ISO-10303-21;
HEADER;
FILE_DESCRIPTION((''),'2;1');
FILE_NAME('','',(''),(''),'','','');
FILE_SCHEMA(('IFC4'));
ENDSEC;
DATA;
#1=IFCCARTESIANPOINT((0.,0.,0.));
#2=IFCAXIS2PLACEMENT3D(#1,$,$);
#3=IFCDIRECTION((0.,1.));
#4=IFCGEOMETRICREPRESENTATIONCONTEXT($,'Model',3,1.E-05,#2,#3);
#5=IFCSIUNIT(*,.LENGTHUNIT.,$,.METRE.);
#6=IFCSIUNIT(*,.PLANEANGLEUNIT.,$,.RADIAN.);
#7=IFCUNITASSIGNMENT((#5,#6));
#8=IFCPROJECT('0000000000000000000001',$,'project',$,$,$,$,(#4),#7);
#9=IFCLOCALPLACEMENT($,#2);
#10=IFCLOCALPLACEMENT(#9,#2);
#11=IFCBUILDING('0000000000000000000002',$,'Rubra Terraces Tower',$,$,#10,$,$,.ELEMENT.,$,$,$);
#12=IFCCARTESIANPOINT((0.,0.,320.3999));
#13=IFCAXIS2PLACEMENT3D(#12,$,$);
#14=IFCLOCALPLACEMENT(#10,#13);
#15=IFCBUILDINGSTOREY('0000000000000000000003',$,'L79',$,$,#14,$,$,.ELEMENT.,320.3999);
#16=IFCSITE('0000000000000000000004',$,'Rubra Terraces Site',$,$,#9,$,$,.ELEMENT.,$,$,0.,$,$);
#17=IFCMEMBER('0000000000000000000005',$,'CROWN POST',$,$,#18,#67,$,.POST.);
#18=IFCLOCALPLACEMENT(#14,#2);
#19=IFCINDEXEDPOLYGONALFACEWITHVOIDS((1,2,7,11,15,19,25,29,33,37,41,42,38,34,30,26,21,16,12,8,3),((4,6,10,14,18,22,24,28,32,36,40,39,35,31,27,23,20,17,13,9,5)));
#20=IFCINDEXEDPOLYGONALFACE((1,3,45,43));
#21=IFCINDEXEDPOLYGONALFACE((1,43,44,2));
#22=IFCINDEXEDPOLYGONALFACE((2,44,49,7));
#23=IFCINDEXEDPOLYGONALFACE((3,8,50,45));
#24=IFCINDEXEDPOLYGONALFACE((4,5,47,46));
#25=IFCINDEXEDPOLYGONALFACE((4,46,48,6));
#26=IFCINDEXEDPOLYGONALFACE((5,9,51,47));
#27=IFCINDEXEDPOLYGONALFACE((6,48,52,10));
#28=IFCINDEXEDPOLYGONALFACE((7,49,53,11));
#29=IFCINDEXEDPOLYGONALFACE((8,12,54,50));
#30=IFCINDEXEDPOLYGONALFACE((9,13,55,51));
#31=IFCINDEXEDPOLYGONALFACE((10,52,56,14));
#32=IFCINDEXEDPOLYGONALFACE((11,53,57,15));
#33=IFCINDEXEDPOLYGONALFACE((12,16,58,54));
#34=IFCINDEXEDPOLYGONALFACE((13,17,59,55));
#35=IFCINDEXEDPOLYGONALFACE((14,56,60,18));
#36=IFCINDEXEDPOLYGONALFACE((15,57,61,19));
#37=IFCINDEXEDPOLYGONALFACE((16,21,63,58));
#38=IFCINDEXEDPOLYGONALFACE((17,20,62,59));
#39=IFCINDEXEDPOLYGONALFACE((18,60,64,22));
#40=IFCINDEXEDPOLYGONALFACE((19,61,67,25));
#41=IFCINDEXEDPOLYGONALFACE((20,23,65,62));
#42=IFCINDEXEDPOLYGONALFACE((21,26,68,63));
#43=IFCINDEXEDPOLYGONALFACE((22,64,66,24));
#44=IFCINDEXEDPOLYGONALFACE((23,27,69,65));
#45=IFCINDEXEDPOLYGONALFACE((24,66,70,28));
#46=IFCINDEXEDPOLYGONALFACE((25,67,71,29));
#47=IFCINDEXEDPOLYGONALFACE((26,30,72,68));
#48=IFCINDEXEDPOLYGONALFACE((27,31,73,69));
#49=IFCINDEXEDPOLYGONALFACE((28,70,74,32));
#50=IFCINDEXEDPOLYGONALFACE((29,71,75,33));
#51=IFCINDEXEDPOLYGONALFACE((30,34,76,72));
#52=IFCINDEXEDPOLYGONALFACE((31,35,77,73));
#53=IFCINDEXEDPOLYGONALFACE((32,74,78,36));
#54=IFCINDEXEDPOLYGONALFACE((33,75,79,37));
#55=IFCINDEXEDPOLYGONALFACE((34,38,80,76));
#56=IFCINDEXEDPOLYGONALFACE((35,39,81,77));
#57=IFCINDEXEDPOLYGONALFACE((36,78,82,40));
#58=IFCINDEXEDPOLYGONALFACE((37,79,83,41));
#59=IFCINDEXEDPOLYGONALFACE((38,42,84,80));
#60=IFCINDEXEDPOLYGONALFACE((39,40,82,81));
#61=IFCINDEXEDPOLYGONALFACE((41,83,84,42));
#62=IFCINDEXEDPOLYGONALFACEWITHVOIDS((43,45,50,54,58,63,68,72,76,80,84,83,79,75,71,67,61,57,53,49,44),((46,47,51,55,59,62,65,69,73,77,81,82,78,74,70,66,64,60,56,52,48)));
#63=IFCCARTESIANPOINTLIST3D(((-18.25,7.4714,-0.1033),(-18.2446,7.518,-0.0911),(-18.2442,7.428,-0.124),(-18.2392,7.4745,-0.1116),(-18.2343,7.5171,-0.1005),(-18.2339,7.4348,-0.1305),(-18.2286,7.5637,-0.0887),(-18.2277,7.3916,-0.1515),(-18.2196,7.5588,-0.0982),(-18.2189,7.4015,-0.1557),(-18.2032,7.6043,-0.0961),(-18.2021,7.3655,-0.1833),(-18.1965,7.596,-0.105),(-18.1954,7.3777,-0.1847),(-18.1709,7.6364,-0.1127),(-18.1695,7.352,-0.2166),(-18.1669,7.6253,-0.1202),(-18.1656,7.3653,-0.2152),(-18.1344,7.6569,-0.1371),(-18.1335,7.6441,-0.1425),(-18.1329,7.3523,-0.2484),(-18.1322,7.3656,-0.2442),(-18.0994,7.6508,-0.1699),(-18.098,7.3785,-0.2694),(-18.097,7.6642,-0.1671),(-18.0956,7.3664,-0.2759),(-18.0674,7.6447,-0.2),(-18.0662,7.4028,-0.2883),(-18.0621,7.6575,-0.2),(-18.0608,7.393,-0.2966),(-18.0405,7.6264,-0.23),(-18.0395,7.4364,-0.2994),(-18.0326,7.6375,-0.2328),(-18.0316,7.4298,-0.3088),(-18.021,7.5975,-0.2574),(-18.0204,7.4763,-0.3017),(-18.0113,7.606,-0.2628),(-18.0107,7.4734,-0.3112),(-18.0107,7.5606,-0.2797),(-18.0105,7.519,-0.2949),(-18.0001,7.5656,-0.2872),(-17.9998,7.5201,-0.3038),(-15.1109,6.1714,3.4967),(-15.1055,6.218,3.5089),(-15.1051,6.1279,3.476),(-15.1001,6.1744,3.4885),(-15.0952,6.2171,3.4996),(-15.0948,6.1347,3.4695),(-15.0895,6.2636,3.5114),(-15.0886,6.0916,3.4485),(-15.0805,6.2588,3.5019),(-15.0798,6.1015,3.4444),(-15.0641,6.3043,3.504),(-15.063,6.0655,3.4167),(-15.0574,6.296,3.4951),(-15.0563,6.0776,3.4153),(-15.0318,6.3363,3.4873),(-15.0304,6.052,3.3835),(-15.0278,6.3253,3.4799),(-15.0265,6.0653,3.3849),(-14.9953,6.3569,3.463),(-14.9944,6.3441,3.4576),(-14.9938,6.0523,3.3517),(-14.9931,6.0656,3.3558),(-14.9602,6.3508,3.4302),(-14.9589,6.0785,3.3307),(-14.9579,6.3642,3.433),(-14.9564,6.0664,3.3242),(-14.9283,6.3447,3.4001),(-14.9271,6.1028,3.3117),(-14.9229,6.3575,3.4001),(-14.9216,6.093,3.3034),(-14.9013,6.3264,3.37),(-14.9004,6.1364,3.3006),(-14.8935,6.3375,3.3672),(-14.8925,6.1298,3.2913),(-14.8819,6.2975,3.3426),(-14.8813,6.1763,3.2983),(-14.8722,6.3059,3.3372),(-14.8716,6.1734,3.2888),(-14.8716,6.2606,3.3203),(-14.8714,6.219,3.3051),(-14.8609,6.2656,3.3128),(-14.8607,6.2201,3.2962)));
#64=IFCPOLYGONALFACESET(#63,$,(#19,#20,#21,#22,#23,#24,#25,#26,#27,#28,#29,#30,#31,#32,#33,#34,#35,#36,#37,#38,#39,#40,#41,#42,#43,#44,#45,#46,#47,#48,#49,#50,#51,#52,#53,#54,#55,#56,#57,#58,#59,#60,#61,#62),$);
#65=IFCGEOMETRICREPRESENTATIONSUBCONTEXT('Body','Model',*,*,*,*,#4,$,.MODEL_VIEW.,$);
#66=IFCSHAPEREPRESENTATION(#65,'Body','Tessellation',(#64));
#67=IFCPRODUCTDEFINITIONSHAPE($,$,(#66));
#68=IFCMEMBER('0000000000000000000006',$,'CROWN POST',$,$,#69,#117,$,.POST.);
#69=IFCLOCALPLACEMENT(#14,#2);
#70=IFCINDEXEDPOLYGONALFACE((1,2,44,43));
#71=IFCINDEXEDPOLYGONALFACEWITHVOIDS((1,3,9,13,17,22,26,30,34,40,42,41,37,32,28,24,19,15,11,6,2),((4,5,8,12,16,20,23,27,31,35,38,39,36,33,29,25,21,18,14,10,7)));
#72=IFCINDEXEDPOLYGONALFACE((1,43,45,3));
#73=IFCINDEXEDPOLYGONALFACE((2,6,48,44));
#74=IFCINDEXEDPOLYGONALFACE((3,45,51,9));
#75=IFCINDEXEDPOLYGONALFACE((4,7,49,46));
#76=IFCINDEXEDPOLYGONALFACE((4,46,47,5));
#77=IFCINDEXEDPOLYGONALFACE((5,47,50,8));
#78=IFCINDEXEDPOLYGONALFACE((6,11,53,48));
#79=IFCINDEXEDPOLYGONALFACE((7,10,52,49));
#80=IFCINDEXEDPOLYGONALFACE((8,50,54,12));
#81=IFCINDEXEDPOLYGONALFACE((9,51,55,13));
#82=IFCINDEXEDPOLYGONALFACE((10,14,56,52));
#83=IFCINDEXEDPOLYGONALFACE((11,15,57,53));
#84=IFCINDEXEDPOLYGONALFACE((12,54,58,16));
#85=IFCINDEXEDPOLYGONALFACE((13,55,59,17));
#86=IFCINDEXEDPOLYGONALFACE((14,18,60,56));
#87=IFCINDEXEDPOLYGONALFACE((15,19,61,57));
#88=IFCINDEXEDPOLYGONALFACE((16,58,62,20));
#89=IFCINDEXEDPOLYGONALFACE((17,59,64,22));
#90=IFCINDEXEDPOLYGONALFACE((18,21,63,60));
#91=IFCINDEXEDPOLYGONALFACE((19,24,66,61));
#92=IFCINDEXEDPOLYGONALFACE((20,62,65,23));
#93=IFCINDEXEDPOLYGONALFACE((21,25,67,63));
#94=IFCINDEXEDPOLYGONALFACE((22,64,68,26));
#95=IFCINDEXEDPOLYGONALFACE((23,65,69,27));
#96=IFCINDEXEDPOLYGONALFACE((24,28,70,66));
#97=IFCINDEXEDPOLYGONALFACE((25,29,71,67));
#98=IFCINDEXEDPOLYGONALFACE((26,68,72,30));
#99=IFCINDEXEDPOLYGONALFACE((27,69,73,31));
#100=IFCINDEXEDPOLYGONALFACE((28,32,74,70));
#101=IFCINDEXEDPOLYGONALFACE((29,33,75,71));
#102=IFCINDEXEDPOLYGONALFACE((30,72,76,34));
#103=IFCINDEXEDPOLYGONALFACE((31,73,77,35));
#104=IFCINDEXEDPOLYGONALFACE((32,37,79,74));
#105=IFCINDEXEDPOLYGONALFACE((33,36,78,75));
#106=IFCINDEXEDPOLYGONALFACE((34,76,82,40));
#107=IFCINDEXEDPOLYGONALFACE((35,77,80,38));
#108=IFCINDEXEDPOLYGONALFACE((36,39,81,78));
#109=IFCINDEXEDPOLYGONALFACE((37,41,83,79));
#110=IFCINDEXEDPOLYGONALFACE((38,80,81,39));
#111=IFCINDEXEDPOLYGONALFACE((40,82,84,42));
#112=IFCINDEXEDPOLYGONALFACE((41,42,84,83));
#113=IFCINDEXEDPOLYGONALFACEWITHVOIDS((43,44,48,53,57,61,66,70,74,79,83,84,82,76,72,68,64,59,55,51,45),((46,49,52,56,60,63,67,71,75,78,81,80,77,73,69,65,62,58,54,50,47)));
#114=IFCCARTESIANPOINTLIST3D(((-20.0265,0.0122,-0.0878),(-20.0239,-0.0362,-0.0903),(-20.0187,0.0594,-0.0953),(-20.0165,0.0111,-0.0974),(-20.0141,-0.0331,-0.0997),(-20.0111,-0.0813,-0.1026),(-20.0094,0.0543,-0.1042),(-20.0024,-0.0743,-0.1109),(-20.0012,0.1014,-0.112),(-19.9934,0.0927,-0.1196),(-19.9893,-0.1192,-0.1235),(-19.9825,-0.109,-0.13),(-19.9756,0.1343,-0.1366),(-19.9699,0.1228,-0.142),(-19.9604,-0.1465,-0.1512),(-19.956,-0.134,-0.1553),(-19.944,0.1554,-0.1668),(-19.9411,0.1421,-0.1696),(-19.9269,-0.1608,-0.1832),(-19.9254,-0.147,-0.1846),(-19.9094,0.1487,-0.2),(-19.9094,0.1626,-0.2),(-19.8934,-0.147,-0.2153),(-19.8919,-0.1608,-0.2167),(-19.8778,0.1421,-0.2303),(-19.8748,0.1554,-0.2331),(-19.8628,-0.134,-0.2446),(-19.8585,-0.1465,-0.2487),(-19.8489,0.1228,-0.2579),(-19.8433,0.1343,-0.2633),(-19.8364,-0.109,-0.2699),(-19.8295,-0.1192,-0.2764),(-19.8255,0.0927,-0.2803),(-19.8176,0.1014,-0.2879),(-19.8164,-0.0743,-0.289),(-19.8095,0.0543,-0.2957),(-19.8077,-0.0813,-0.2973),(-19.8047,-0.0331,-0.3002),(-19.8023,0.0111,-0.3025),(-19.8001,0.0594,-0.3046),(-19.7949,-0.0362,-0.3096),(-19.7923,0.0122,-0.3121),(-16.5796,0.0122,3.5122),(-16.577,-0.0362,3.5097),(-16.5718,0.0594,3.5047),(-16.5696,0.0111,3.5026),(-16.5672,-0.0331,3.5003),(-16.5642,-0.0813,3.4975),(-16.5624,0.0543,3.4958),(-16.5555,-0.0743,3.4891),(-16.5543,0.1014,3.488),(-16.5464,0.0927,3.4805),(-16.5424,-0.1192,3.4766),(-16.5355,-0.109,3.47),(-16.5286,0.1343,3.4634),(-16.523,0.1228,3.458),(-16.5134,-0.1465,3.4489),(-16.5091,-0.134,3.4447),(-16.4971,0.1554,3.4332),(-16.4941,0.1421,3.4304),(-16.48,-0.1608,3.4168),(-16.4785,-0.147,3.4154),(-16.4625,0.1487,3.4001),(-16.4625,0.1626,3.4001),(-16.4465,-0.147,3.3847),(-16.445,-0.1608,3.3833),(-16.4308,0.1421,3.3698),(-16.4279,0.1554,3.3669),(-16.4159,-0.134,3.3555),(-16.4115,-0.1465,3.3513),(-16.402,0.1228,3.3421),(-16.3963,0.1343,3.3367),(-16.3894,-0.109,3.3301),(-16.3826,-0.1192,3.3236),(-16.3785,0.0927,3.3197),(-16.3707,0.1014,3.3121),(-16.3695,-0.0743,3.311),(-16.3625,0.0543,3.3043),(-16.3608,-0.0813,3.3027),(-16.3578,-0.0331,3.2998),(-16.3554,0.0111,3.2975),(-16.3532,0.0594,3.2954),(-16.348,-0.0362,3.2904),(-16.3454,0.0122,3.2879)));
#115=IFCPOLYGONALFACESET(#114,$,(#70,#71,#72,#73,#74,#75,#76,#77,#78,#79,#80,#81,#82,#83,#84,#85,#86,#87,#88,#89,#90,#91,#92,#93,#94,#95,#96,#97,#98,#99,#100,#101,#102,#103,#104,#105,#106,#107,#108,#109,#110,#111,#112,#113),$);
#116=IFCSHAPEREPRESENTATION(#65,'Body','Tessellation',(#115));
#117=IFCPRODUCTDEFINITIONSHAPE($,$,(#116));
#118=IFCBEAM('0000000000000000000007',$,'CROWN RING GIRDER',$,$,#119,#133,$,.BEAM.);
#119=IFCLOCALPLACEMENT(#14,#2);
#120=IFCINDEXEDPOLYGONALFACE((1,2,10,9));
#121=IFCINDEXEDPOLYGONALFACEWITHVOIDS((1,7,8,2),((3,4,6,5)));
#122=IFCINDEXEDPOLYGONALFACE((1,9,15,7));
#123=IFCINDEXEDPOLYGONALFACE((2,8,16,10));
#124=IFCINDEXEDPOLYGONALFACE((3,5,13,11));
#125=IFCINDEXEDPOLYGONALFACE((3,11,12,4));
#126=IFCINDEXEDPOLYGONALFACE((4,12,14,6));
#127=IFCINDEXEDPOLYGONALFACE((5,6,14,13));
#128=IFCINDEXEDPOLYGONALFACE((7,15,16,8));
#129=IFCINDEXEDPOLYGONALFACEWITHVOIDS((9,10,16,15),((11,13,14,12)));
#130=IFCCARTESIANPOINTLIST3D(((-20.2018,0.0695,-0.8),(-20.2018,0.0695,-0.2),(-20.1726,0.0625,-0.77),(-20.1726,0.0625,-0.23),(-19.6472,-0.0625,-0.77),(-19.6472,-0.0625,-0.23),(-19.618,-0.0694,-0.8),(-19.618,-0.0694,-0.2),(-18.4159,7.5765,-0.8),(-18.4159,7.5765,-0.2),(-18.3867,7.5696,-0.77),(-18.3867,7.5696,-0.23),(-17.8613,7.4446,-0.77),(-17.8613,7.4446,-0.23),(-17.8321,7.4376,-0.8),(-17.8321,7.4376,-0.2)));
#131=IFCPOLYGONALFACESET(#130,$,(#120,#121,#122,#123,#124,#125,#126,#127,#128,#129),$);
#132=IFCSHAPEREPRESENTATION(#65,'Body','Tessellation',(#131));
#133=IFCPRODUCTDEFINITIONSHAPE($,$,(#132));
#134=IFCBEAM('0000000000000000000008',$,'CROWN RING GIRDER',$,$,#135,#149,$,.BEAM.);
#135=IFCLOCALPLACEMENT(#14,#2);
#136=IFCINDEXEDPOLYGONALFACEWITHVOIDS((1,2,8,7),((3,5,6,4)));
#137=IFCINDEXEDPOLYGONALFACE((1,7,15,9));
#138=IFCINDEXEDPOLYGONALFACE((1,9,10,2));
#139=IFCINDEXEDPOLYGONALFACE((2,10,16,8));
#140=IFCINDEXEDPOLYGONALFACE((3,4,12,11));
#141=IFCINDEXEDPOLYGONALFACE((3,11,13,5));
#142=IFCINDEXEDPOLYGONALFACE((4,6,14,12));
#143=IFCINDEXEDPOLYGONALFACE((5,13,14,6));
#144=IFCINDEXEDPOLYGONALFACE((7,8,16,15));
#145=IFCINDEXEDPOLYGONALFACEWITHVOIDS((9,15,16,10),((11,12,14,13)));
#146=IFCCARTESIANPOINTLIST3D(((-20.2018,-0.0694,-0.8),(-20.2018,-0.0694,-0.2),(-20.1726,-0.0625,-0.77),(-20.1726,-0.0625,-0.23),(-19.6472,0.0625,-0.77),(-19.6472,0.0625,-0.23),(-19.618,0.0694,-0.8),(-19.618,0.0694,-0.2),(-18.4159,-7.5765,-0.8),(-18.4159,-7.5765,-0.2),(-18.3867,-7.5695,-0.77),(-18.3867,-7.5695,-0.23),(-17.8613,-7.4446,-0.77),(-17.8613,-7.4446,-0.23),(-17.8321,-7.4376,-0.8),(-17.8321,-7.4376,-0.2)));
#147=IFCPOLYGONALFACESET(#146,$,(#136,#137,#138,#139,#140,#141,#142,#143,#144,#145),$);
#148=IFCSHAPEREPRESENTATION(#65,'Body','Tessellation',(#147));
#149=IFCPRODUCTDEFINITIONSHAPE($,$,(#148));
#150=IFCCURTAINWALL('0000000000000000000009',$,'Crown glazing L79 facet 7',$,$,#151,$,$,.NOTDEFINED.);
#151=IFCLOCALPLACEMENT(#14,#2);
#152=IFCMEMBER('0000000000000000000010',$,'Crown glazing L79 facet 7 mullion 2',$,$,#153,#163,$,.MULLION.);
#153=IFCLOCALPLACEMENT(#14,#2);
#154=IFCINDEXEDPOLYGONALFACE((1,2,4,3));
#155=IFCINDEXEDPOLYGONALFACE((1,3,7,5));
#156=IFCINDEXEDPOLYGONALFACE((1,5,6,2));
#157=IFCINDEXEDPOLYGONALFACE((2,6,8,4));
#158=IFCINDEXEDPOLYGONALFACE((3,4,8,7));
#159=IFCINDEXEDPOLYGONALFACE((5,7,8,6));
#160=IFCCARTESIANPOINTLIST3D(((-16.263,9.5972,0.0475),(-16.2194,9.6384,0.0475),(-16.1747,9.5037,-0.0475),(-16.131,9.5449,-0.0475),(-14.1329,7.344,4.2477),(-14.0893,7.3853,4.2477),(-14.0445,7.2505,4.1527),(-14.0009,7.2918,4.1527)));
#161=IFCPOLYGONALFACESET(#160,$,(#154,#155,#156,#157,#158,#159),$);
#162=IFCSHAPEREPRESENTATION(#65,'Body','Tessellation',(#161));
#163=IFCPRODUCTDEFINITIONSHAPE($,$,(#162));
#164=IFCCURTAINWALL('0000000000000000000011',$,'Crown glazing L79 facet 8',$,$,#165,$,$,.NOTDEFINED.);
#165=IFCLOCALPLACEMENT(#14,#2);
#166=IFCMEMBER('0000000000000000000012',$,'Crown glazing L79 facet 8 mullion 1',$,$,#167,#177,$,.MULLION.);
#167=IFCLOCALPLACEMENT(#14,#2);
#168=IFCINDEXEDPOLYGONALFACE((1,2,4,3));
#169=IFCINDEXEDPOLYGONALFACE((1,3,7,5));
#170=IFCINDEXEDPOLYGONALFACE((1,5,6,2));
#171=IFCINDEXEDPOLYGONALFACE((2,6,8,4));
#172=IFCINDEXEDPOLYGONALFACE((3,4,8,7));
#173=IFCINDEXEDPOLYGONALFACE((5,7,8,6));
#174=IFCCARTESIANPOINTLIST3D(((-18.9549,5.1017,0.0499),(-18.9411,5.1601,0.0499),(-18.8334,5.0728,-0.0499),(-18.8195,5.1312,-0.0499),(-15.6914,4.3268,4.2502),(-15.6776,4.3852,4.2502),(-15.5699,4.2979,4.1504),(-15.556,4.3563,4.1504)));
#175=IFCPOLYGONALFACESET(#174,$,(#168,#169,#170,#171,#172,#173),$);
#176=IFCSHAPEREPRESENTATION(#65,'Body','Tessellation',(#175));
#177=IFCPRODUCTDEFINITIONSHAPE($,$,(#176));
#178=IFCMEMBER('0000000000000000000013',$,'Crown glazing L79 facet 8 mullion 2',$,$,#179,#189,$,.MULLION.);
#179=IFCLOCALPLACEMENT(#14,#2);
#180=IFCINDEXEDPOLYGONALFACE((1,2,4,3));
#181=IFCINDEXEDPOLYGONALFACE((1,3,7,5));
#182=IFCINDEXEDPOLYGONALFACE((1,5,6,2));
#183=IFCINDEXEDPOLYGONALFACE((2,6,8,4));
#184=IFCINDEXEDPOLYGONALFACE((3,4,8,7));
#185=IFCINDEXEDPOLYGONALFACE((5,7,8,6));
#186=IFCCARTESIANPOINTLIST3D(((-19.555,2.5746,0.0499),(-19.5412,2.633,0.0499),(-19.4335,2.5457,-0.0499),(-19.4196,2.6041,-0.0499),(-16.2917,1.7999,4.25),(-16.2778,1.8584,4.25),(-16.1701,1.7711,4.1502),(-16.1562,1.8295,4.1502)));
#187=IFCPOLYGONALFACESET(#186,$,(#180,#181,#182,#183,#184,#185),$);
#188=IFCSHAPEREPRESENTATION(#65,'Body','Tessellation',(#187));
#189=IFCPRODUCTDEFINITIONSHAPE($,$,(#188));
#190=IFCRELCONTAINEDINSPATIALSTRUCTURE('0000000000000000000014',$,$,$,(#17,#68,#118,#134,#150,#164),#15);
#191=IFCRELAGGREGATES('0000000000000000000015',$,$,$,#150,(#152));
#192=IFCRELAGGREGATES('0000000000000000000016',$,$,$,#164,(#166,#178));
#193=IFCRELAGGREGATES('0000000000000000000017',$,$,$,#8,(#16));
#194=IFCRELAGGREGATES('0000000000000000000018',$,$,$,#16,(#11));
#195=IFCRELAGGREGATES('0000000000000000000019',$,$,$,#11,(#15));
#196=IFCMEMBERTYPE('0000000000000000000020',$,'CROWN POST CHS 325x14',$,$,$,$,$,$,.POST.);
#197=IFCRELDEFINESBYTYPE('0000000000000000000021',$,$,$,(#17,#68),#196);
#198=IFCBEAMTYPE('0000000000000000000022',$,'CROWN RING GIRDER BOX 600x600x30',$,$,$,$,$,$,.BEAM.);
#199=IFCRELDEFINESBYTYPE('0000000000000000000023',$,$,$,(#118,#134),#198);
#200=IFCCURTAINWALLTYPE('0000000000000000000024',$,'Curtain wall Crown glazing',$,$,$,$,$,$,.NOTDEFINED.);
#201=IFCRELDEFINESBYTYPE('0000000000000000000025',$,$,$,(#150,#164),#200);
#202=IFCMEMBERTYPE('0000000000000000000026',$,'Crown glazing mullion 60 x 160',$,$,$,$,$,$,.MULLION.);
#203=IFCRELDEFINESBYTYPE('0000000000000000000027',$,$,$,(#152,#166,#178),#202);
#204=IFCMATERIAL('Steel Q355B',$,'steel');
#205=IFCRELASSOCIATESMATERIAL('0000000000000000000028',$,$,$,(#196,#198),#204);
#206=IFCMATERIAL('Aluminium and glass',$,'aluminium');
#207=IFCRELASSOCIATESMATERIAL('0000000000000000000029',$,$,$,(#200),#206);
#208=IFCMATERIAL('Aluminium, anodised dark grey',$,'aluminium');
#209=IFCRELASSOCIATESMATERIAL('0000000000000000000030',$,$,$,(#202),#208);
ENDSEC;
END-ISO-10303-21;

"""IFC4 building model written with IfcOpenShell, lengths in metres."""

from ifc_helpers import new_model, si_unit, direction, frame, origin, origin_2d, place, context, subcontext, project, spatial, rectangle, hollow_rectangle, hollow_circle, extrude, material, material_profile, profile_set, type_object, element, aggregate, save


model = new_model("IFC4")

# Units and contexts
model_context = context("Model", 3, precision=1e-05, world=origin(), true_north=direction((0.0, 1.0)))
body_context = subcontext(model_context, "Body", "Model", "MODEL_VIEW")
ifc_project = project(units=[si_unit("LENGTHUNIT", "METRE"), si_unit("PLANEANGLEUNIT", "RADIAN")], contexts=[model_context])

# Site, building, storey
site_placement = place(None, origin())
site = spatial("IfcSite", under=ifc_project, at=site_placement, Name="Rubra Terraces Site", CompositionType="ELEMENT", RefElevation=0.0)
building_placement = place(site_placement, origin())
building = spatial("IfcBuilding", under=site, at=building_placement, Name="Rubra Terraces Tower", CompositionType="ELEMENT")
storey_placement = place(building_placement, frame((0.0, 0.0, 320.3999)))
storey = spatial("IfcBuildingStorey", under=building, at=storey_placement, Name="L79", CompositionType="ELEMENT", Elevation=320.3999)

# Members
ifc_material_1 = material(Name="Steel Q355B", Category="steel")
ifc_material_profile_1 = material_profile(ifc_material_1, hollow_circle(Radius=0.1626, WallThickness=0.0139, at=origin_2d()), Name="CHS 325x14")
ifc_profile_set_1 = profile_set([ifc_material_profile_1], Name="Steel Q355B")
member_type_1 = type_object("IfcMemberType", Name="CROWN POST CHS 325x14", PredefinedType="POST", material=ifc_profile_set_1)
member_1_placement = place(storey_placement, frame((-18.1243, 7.5073, -0.2), z_axis=(0.634139, -0.262622, 0.727253), x_axis=(0.382625, 0.923904, 0.0)))
element("IfcMember", 1, at=member_1_placement, inside=storey, type_object=member_type_1, Name="CROWN POST", PredefinedType="POST", context=body_context, shape_type="SweptSolid", body=[
    extrude(hollow_circle(Radius=0.1626, WallThickness=0.0139, at=origin_2d()), origin(), (0.0, 0.0, 1.0), 4.9502),
])
member_2_placement = place(storey_placement, frame((-19.9094, 0.0, -0.2), z_axis=(0.691584, 0.0, 0.722296), x_axis=(0.0, 1.0, 0.0)))
element("IfcMember", 2, at=member_2_placement, inside=storey, type_object=member_type_1, Name="CROWN POST", PredefinedType="POST", context=body_context, shape_type="SweptSolid", body=[
    extrude(hollow_circle(Radius=0.1626, WallThickness=0.0139, at=origin_2d()), origin(), (0.0, 0.0, 1.0), 4.9841),
])

# Beams
ifc_material_profile_2 = material_profile(ifc_material_1, hollow_rectangle(XDim=0.6001, YDim=0.6001, WallThickness=0.03, at=origin_2d()), Name="BOX 600x600x30")
ifc_profile_set_2 = profile_set([ifc_material_profile_2], Name="Steel Q355B")
beam_type_1 = type_object("IfcBeamType", Name="CROWN RING GIRDER BOX 600x600x30", PredefinedType="BEAM", material=ifc_profile_set_2)
for number, where, z_axis, x_axis, name in (
    (3, (-18.124, 7.5071, -0.5), (-0.231435, -0.97285, 0.0), (0.97285, -0.231435, 0.0), "CROWN RING GIRDER"),
    (4, (-19.9099, 0.0, -0.5), (0.231435, -0.97285, 0.0), (0.97285, 0.231435, 0.0), "CROWN RING GIRDER"),
):
    element("IfcBeam", number, at=place(storey_placement, frame(where, z_axis=z_axis, x_axis=x_axis)), inside=storey, type_object=beam_type_1, Name=name, PredefinedType="BEAM", context=body_context, shape_type="SweptSolid", body=[
        extrude(hollow_rectangle(XDim=0.6001, YDim=0.6001, WallThickness=0.03, at=origin_2d()), origin(), (0.0, 0.0, 1.0), 7.7166),
    ])

# Curtain wall, member
ifc_material_2 = material(Name="Aluminium and glass", Category="aluminium")
curtain_wall_type = type_object("IfcCurtainWallType", Name="Curtain wall Crown glazing", PredefinedType="NOTDEFINED", material=ifc_material_2)
curtain_wall_1_placement = place(storey_placement, origin())
curtain_wall_1 = element("IfcCurtainWall", 5, at=curtain_wall_1_placement, inside=storey, type_object=curtain_wall_type, Name="Crown glazing L79 facet 7", PredefinedType="NOTDEFINED")
ifc_material_3 = material(Name="Aluminium, anodised dark grey", Category="aluminium")
ifc_material_profile_3 = material_profile(ifc_material_3, rectangle(XDim=0.0601, YDim=0.1599, at=origin_2d()), Name="AL 60x160")
ifc_profile_set_3 = profile_set([ifc_material_profile_3], Name="Aluminium, anodised dark grey")
member_type_2 = type_object("IfcMemberType", Name="Crown glazing mullion 60 x 160", PredefinedType="MULLION", material=ifc_profile_set_3)
member_3_placement = place(storey_placement, frame((-16.197, 9.571, 0.0), z_axis=(0.408014, -0.431583, 0.804525), x_axis=(0.72667, 0.686986, 0.0)))
member_3 = element("IfcMember", 6, at=member_3_placement, type_object=member_type_2, Name="Crown glazing L79 facet 7 mullion 2", PredefinedType="MULLION", context=body_context, shape_type="SweptSolid", body=[
    extrude(rectangle(XDim=0.0601, YDim=0.1599, at=origin_2d()), origin(), (0.0, 0.0, 1.0), 5.2207),
])

# Curtain wall, members
curtain_wall_2_placement = place(storey_placement, origin())
curtain_wall_2 = element("IfcCurtainWall", 7, at=curtain_wall_2_placement, inside=storey, type_object=curtain_wall_type, Name="Crown glazing L79 facet 8", PredefinedType="NOTDEFINED")
member_4_placement = place(storey_placement, frame((-18.8872, 5.1165, 0.0), z_axis=(0.607134, -0.144164, 0.781412), x_axis=(0.231027, 0.972947, 0.0)))
member_4 = element("IfcMember", 8, at=member_4_placement, type_object=member_type_2, Name="Crown glazing L79 facet 8 mullion 1", PredefinedType="MULLION", context=body_context, shape_type="SweptSolid", body=[
    extrude(rectangle(XDim=0.0601, YDim=0.1599, at=origin_2d()), origin(), (0.0, 0.0, 1.0), 5.3752),
])
member_5_placement = place(storey_placement, frame((-19.4873, 2.5894, 0.0), z_axis=(0.607138, -0.14412, 0.781417), x_axis=(0.230958, 0.972964, 0.0)))
member_5 = element("IfcMember", 9, at=member_5_placement, type_object=member_type_2, Name="Crown glazing L79 facet 8 mullion 2", PredefinedType="MULLION", context=body_context, shape_type="SweptSolid", body=[
    extrude(rectangle(XDim=0.0601, YDim=0.1599, at=origin_2d()), origin(), (0.0, 0.0, 1.0), 5.375),
])

aggregate(curtain_wall_1, [member_3])
aggregate(curtain_wall_2, [member_4, member_5])

save(model, "model.ifc")
